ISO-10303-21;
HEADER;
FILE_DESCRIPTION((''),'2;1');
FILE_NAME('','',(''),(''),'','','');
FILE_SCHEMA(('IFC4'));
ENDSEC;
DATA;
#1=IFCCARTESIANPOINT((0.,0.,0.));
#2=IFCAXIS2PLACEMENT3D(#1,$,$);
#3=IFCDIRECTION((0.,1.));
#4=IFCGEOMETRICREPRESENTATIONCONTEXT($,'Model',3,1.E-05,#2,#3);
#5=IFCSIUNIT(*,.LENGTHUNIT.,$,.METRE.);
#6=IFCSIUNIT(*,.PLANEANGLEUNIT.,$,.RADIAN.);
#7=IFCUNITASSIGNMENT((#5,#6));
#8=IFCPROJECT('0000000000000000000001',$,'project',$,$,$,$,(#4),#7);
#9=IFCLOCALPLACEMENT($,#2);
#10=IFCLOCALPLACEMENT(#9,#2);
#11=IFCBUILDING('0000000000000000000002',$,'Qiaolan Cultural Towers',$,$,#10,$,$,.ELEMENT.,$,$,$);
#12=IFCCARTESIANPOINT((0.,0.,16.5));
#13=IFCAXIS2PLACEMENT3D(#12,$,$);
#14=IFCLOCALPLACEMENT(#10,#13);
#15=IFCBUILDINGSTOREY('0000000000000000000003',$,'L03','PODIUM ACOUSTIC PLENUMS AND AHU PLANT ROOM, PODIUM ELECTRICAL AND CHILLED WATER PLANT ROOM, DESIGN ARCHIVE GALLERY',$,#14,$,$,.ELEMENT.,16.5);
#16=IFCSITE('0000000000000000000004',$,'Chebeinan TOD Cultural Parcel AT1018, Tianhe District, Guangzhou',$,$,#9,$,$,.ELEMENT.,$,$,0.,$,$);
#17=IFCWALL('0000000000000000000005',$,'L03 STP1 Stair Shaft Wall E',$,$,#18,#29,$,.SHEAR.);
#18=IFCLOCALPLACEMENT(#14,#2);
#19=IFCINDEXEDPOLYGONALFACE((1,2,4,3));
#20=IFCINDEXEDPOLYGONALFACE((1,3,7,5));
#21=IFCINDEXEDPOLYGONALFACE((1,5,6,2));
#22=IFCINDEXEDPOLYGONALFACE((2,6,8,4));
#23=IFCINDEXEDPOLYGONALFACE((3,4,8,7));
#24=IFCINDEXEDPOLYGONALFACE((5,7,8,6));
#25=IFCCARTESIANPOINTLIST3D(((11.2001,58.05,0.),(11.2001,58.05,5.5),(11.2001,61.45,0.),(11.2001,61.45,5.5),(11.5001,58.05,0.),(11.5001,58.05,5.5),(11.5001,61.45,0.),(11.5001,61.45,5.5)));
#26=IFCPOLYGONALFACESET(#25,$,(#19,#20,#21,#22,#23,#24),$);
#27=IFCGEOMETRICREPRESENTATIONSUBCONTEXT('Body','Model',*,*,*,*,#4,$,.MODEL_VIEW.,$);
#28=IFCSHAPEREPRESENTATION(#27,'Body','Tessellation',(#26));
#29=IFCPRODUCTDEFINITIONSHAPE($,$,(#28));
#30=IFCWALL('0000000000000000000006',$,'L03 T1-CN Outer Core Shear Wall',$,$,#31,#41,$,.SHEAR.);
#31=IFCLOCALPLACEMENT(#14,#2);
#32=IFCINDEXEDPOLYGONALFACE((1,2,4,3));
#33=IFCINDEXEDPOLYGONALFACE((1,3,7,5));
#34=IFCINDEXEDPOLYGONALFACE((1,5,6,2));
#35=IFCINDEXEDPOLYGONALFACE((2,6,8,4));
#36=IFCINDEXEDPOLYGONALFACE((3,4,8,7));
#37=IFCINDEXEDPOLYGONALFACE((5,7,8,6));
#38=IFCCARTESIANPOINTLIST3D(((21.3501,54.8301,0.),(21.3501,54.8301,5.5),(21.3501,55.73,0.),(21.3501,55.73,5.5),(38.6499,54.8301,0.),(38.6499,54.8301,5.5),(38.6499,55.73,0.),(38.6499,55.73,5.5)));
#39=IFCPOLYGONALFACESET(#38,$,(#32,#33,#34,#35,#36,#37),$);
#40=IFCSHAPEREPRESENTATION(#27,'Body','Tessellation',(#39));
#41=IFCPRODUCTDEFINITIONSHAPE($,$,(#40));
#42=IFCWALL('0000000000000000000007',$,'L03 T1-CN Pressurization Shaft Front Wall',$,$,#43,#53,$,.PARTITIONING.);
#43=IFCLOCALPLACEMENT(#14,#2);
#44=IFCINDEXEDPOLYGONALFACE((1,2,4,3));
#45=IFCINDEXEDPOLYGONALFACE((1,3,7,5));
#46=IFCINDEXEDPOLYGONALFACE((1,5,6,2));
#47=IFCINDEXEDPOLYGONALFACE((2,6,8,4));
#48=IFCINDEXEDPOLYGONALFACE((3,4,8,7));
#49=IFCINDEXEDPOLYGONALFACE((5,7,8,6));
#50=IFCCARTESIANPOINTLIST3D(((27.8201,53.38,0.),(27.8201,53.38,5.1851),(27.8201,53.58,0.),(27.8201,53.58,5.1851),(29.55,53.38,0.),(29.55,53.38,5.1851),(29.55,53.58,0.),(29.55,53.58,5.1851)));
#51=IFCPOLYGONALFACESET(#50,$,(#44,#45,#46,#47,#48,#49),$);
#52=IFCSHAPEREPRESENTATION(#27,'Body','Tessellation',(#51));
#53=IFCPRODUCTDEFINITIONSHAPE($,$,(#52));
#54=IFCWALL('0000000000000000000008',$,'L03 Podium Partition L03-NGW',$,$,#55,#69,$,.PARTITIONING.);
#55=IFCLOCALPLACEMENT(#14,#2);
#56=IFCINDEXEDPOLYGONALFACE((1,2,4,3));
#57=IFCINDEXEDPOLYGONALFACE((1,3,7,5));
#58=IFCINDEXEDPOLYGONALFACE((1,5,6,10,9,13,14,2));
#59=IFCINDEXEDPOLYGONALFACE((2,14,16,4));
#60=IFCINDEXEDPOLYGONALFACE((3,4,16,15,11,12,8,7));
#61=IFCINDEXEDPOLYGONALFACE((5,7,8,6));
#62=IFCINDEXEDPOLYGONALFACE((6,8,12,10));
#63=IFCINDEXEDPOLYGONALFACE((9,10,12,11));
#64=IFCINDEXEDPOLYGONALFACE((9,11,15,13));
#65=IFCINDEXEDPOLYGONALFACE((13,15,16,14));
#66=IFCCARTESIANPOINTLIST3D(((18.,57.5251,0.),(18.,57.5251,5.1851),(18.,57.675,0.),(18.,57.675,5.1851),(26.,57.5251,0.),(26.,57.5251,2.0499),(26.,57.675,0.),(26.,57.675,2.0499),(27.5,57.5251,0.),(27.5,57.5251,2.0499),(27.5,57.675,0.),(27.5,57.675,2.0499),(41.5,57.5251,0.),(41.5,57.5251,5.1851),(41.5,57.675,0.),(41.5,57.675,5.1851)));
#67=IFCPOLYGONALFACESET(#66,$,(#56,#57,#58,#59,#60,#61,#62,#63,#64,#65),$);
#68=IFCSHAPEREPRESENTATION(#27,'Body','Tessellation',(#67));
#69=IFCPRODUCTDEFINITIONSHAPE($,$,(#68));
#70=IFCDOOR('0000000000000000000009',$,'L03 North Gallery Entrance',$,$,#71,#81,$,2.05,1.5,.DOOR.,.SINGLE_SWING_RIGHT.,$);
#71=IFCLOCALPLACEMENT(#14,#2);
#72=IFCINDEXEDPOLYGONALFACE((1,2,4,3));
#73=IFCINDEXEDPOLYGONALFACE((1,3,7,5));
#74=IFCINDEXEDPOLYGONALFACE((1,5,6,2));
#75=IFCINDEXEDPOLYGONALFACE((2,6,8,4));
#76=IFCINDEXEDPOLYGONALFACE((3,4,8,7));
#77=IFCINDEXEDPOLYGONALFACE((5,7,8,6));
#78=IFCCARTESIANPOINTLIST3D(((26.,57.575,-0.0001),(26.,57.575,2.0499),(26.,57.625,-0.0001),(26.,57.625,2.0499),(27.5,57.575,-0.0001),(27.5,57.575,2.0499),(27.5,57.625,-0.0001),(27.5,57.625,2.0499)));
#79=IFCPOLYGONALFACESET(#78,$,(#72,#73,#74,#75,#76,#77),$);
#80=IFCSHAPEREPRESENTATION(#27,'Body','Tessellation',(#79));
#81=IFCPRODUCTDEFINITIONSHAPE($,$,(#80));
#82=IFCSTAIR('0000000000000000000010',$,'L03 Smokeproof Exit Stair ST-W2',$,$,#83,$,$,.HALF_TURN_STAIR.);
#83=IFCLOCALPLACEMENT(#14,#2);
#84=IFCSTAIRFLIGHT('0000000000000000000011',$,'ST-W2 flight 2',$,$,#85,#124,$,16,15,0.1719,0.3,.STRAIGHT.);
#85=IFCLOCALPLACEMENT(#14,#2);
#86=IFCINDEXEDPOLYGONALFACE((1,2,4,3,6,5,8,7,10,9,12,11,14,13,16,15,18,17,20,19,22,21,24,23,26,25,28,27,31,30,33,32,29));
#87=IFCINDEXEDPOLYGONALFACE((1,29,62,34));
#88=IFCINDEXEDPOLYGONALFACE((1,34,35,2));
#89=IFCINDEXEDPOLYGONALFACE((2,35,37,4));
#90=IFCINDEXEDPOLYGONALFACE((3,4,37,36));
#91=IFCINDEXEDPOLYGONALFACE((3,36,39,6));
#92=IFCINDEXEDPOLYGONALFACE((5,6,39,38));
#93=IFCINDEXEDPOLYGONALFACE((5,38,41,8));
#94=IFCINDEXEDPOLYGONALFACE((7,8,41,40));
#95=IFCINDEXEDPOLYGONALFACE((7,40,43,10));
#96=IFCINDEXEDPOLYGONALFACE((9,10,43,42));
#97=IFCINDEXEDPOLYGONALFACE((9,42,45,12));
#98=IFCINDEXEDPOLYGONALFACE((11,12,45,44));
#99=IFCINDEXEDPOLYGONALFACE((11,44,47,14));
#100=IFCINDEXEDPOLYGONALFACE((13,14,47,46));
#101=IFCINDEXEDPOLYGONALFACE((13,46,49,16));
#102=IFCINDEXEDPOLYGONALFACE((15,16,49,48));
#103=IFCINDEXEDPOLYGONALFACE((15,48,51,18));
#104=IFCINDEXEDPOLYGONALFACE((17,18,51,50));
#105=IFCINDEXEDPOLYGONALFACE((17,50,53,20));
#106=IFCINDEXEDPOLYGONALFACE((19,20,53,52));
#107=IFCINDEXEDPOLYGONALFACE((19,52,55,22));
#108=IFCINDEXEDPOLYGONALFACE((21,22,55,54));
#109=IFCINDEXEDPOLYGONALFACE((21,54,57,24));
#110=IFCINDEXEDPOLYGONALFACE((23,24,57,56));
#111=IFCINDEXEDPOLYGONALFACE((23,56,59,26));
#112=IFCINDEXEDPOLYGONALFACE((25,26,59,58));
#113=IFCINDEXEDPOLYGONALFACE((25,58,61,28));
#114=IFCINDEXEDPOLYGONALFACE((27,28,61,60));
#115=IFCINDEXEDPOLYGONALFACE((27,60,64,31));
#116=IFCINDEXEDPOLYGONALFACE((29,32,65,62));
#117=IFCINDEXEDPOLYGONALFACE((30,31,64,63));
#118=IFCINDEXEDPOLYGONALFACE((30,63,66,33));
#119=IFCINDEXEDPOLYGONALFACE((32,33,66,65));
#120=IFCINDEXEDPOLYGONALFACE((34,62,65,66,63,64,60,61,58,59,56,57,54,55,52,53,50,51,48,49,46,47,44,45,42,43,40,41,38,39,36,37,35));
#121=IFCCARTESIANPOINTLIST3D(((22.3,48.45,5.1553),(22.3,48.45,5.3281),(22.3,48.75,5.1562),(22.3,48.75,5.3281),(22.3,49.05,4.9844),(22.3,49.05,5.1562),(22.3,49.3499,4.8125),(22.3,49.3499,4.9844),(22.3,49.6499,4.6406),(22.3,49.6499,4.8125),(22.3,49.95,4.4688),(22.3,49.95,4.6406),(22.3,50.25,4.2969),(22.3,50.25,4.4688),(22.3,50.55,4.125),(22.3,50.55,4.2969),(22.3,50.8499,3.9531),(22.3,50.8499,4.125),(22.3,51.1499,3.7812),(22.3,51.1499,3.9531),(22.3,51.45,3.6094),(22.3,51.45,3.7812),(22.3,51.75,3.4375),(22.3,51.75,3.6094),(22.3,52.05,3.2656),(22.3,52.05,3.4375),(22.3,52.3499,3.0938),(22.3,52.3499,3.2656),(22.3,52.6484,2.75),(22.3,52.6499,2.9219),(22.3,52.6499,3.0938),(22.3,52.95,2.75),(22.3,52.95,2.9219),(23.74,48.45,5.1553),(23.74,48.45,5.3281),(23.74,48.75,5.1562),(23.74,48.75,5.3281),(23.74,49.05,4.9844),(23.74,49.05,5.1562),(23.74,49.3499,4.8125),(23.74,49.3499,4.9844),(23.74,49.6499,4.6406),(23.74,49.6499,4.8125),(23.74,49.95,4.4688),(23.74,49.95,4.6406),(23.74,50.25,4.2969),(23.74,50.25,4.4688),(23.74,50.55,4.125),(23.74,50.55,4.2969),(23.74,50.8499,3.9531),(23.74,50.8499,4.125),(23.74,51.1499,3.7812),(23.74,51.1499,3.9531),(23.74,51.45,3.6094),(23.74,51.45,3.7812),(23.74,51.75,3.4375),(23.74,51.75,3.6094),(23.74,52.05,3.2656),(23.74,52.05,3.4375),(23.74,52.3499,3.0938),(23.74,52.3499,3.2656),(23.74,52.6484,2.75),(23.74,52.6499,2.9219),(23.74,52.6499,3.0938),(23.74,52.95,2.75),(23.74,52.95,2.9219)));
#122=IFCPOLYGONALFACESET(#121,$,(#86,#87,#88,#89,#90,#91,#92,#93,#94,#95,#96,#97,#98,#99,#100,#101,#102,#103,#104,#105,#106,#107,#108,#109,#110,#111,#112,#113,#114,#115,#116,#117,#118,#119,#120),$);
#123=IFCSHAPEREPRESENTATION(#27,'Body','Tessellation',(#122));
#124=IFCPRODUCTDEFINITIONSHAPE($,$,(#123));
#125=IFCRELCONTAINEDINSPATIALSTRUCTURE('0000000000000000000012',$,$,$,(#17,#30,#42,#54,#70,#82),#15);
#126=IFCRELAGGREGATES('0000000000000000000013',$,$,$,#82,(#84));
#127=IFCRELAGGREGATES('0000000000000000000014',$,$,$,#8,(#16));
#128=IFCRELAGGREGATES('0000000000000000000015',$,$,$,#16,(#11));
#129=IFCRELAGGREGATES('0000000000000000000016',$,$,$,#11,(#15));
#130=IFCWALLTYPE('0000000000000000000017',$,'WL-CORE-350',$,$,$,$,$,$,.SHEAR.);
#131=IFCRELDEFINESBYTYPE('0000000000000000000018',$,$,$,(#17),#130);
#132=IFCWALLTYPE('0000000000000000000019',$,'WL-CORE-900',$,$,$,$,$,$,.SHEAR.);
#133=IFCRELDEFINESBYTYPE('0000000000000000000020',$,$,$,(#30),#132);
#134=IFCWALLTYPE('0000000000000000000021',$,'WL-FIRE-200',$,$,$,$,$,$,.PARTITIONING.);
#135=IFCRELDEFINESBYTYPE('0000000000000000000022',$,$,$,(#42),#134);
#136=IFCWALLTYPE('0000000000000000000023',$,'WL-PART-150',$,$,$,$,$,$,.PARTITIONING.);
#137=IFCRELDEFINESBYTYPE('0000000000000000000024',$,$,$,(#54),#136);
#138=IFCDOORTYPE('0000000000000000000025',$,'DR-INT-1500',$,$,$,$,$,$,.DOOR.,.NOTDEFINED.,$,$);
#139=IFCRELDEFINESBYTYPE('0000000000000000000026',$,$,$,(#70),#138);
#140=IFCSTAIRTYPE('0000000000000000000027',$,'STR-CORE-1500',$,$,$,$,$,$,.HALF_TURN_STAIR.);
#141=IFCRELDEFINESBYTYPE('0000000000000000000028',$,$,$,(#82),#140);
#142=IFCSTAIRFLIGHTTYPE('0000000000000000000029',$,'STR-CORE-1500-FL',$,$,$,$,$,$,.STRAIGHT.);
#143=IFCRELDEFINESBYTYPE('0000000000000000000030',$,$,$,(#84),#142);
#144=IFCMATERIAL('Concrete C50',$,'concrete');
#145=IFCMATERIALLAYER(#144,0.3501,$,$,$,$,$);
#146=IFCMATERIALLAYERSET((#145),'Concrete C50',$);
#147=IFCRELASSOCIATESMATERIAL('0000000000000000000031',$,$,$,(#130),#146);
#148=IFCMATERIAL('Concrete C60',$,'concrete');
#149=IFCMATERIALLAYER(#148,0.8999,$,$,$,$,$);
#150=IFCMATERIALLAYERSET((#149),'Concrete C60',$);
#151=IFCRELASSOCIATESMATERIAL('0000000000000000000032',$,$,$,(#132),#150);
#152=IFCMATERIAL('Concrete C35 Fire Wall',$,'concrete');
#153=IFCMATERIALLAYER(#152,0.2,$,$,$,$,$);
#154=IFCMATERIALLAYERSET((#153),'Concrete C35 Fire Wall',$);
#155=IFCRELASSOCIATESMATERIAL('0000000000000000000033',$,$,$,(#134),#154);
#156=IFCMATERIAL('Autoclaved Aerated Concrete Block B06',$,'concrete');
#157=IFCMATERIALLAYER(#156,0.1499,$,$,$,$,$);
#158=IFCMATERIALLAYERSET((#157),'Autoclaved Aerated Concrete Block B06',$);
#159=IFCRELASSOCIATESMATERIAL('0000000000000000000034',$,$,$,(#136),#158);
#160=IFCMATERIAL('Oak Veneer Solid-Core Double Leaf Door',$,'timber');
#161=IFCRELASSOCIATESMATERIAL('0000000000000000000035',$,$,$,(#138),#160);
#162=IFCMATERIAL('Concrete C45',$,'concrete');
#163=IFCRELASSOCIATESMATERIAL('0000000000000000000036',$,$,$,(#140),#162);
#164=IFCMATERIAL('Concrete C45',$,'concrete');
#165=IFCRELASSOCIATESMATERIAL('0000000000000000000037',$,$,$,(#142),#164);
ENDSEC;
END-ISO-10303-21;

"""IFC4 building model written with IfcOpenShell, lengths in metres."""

from ifc_helpers import new_model, si_unit, direction, frame, frame_2d, origin, place, context, subcontext, project, spatial, polyline, rectangle, outline, extrude, material, layer, layer_set, type_object, element, fill, aggregate, save


model = new_model("IFC4")

# Units and contexts
model_context = context("Model", 3, precision=1e-05, world=origin(), true_north=direction((0.0, 1.0)))
body_context = subcontext(model_context, "Body", "Model", "MODEL_VIEW")
ifc_project = project(units=[si_unit("LENGTHUNIT", "METRE"), si_unit("PLANEANGLEUNIT", "RADIAN")], contexts=[model_context])

# Site, building, storey
site_placement = place(None, origin())
site = spatial("IfcSite", under=ifc_project, at=site_placement, Name="Chebeinan TOD Cultural Parcel AT1018, Tianhe District, Guangzhou", CompositionType="ELEMENT", RefElevation=0.0)
building_placement = place(site_placement, origin())
building = spatial("IfcBuilding", under=site, at=building_placement, Name="Qiaolan Cultural Towers", CompositionType="ELEMENT")
storey_placement = place(building_placement, frame((0.0, 0.0, 16.5)))
storey = spatial("IfcBuildingStorey", under=building, at=storey_placement, Name="L03", Description="PODIUM ACOUSTIC PLENUMS AND AHU PLANT ROOM, PODIUM ELECTRICAL AND CHILLED WATER PLANT ROOM, DESIGN ARCHIVE GALLERY", CompositionType="ELEMENT", Elevation=16.5)

# Walls
ifc_material_1 = material(Name="Concrete C50", Category="concrete")
ifc_layer_1 = layer(ifc_material_1, 0.3501)
ifc_layer_set_1 = layer_set([ifc_layer_1], Name="Concrete C50")
wall_type_1 = type_object("IfcWallType", Name="WL-CORE-350", PredefinedType="SHEAR", material=ifc_layer_set_1)
wall_1_placement = place(storey_placement, frame((11.3501, 58.05, 0.0), z_axis=(0.0, 0.0, 1.0), x_axis=(0.0, 1.0, 0.0)))
element("IfcWall", 1, at=wall_1_placement, inside=storey, type_object=wall_type_1, Name="L03 STP1 Stair Shaft Wall E", PredefinedType="SHEAR", context=body_context, shape_type="SweptSolid", body=[
    extrude(rectangle(XDim=3.3999, YDim=0.3, at=frame_2d((1.7, 0.0))), origin(), (0.0, 0.0, 1.0), 5.5),
])
ifc_material_2 = material(Name="Concrete C60", Category="concrete")
ifc_layer_2 = layer(ifc_material_2, 0.8999)
ifc_layer_set_2 = layer_set([ifc_layer_2], Name="Concrete C60")
wall_type_2 = type_object("IfcWallType", Name="WL-CORE-900", PredefinedType="SHEAR", material=ifc_layer_set_2)
wall_2_placement = place(storey_placement, frame((21.3501, 55.28, 0.0), z_axis=(0.0, 0.0, 1.0), x_axis=(1.0, 0.0, 0.0)))
element("IfcWall", 2, at=wall_2_placement, inside=storey, type_object=wall_type_2, Name="L03 T1-CN Outer Core Shear Wall", PredefinedType="SHEAR", context=body_context, shape_type="SweptSolid", body=[
    extrude(rectangle(XDim=17.2998, YDim=0.8999, at=frame_2d((8.6499, 0.0))), origin(), (0.0, 0.0, 1.0), 5.5),
])
ifc_material_3 = material(Name="Concrete C35 Fire Wall", Category="concrete")
ifc_layer_3 = layer(ifc_material_3, 0.2)
ifc_layer_set_3 = layer_set([ifc_layer_3], Name="Concrete C35 Fire Wall")
wall_type_3 = type_object("IfcWallType", Name="WL-FIRE-200", PredefinedType="PARTITIONING", material=ifc_layer_set_3)
wall_3_placement = place(storey_placement, frame((27.8201, 53.48, 0.0), z_axis=(0.0, 0.0, 1.0), x_axis=(1.0, 0.0, 0.0)))
element("IfcWall", 3, at=wall_3_placement, inside=storey, type_object=wall_type_3, Name="L03 T1-CN Pressurization Shaft Front Wall", PredefinedType="PARTITIONING", context=body_context, shape_type="SweptSolid", body=[
    extrude(rectangle(XDim=1.73, YDim=0.2, at=frame_2d((0.865, 0.0))), origin(), (0.0, 0.0, 1.0), 5.1851),
])

# Wall, opening, door
ifc_material_4 = material(Name="Autoclaved Aerated Concrete Block B06", Category="concrete")
ifc_layer_4 = layer(ifc_material_4, 0.1499)
ifc_layer_set_4 = layer_set([ifc_layer_4], Name="Autoclaved Aerated Concrete Block B06")
wall_type_4 = type_object("IfcWallType", Name="WL-PART-150", PredefinedType="PARTITIONING", material=ifc_layer_set_4)
wall_4_placement = place(storey_placement, frame((18.0, 57.6001, 0.0), z_axis=(0.0, 0.0, 1.0), x_axis=(1.0, 0.0, 0.0)))
wall_4 = element("IfcWall", 4, at=wall_4_placement, inside=storey, type_object=wall_type_4, Name="L03 Podium Partition L03-NGW", PredefinedType="PARTITIONING", context=body_context, shape_type="SweptSolid", body=[
    extrude(rectangle(XDim=23.5, YDim=0.1499, at=frame_2d((11.75, 0.0))), origin(), (0.0, 0.0, 1.0), 5.1851),
])
opening_placement = place(wall_4_placement, frame((8.0, 0.0, 0.0)))
opening = element("IfcOpeningElement", 5, at=opening_placement, cuts=wall_4, PredefinedType="OPENING", context=body_context, shape_type="SweptSolid", body=[
    extrude(rectangle(XDim=1.5, YDim=2.05, at=frame_2d((0.75, 1.0249))), frame((0.0, 0.085, 0.0), z_axis=(0.0, -1.0, 0.0), x_axis=(1.0, 0.0, 0.0)), (0.0, 0.0, 1.0), 0.1699),
])
ifc_material_5 = material(Name="Oak Veneer Solid-Core Double Leaf Door", Category="timber")
door_type = type_object("IfcDoorType", Name="DR-INT-1500", OperationType="NOTDEFINED", PredefinedType="DOOR", material=ifc_material_5)
door_placement = place(opening_placement, origin())
door = element("IfcDoor", 6, at=door_placement, inside=storey, type_object=door_type, Name="L03 North Gallery Entrance", OperationType="SINGLE_SWING_RIGHT", OverallHeight=2.05, OverallWidth=1.5, PredefinedType="DOOR", context=body_context, shape_type="SweptSolid", body=[
    extrude(rectangle(XDim=1.5, YDim=2.05, at=frame_2d((0.75, 1.0249))), frame((0.0, 0.0249, 0.0), z_axis=(0.0, -1.0, 0.0), x_axis=(1.0, 0.0, 0.0)), (0.0, 0.0, 1.0), 0.05),
])
fill(opening, door)

# Stair, stair flight
ifc_material_6 = material(Name="Concrete C45", Category="concrete")
stair_type = type_object("IfcStairType", Name="STR-CORE-1500", PredefinedType="HALF_TURN_STAIR", material=ifc_material_6)
stair_placement = place(storey_placement, origin())
stair = element("IfcStair", 7, at=stair_placement, inside=storey, type_object=stair_type, Name="L03 Smokeproof Exit Stair ST-W2", PredefinedType="HALF_TURN_STAIR")
ifc_material_7 = material(Name="Concrete C45", Category="concrete")
stair_flight_type = type_object("IfcStairFlightType", Name="STR-CORE-1500-FL", PredefinedType="STRAIGHT", material=ifc_material_7)
stair_flight_placement = place(storey_placement, frame((23.02, 52.95, 2.75), z_axis=(0.0, 0.0, 1.0), x_axis=(0.0, -1.0, 0.0)))
stair_flight = element("IfcStairFlight", 8, at=stair_flight_placement, type_object=stair_flight_type, Name="ST-W2 flight 2", NumberOfRisers=16, NumberOfTreads=15, PredefinedType="STRAIGHT", RiserHeight=0.1719, TreadLength=0.3, context=body_context, shape_type="SweptSolid", body=[
    extrude(outline(polyline([(0.0, 0.0), (0.0, 0.1719), (0.3, 0.1719), (0.3, 0.3438), (0.6001, 0.3438), (0.6001, 0.5156), (0.8999, 0.5156), (0.8999, 0.6875), (1.2, 0.6875), (1.2, 0.8594), (1.5, 0.8594), (1.5, 1.0312), (1.8, 1.0312), (1.8, 1.2031), (2.1001, 1.2031), (2.1001, 1.375), (2.3999, 1.375), (2.3999, 1.5469), (2.7, 1.5469), (2.7, 1.7188), (3.0, 1.7188), (3.0, 1.8906), (3.3, 1.8906), (3.3, 2.0625), (3.6001, 2.0625), (3.6001, 2.2344), (3.8999, 2.2344), (3.8999, 2.4062), (4.2, 2.4062), (4.2, 2.5781), (4.5, 2.5781), (4.5, 2.75), (4.5, 2.4053), (0.3015, 0.0), (0.0, 0.0)])), frame((0.0, 0.72, 0.0), z_axis=(0.0, -1.0, 0.0), x_axis=(1.0, 0.0, 0.0)), (0.0, 0.0, 1.0), 1.4399),
])
aggregate(stair, [stair_flight])

save(model, "model.ifc")
